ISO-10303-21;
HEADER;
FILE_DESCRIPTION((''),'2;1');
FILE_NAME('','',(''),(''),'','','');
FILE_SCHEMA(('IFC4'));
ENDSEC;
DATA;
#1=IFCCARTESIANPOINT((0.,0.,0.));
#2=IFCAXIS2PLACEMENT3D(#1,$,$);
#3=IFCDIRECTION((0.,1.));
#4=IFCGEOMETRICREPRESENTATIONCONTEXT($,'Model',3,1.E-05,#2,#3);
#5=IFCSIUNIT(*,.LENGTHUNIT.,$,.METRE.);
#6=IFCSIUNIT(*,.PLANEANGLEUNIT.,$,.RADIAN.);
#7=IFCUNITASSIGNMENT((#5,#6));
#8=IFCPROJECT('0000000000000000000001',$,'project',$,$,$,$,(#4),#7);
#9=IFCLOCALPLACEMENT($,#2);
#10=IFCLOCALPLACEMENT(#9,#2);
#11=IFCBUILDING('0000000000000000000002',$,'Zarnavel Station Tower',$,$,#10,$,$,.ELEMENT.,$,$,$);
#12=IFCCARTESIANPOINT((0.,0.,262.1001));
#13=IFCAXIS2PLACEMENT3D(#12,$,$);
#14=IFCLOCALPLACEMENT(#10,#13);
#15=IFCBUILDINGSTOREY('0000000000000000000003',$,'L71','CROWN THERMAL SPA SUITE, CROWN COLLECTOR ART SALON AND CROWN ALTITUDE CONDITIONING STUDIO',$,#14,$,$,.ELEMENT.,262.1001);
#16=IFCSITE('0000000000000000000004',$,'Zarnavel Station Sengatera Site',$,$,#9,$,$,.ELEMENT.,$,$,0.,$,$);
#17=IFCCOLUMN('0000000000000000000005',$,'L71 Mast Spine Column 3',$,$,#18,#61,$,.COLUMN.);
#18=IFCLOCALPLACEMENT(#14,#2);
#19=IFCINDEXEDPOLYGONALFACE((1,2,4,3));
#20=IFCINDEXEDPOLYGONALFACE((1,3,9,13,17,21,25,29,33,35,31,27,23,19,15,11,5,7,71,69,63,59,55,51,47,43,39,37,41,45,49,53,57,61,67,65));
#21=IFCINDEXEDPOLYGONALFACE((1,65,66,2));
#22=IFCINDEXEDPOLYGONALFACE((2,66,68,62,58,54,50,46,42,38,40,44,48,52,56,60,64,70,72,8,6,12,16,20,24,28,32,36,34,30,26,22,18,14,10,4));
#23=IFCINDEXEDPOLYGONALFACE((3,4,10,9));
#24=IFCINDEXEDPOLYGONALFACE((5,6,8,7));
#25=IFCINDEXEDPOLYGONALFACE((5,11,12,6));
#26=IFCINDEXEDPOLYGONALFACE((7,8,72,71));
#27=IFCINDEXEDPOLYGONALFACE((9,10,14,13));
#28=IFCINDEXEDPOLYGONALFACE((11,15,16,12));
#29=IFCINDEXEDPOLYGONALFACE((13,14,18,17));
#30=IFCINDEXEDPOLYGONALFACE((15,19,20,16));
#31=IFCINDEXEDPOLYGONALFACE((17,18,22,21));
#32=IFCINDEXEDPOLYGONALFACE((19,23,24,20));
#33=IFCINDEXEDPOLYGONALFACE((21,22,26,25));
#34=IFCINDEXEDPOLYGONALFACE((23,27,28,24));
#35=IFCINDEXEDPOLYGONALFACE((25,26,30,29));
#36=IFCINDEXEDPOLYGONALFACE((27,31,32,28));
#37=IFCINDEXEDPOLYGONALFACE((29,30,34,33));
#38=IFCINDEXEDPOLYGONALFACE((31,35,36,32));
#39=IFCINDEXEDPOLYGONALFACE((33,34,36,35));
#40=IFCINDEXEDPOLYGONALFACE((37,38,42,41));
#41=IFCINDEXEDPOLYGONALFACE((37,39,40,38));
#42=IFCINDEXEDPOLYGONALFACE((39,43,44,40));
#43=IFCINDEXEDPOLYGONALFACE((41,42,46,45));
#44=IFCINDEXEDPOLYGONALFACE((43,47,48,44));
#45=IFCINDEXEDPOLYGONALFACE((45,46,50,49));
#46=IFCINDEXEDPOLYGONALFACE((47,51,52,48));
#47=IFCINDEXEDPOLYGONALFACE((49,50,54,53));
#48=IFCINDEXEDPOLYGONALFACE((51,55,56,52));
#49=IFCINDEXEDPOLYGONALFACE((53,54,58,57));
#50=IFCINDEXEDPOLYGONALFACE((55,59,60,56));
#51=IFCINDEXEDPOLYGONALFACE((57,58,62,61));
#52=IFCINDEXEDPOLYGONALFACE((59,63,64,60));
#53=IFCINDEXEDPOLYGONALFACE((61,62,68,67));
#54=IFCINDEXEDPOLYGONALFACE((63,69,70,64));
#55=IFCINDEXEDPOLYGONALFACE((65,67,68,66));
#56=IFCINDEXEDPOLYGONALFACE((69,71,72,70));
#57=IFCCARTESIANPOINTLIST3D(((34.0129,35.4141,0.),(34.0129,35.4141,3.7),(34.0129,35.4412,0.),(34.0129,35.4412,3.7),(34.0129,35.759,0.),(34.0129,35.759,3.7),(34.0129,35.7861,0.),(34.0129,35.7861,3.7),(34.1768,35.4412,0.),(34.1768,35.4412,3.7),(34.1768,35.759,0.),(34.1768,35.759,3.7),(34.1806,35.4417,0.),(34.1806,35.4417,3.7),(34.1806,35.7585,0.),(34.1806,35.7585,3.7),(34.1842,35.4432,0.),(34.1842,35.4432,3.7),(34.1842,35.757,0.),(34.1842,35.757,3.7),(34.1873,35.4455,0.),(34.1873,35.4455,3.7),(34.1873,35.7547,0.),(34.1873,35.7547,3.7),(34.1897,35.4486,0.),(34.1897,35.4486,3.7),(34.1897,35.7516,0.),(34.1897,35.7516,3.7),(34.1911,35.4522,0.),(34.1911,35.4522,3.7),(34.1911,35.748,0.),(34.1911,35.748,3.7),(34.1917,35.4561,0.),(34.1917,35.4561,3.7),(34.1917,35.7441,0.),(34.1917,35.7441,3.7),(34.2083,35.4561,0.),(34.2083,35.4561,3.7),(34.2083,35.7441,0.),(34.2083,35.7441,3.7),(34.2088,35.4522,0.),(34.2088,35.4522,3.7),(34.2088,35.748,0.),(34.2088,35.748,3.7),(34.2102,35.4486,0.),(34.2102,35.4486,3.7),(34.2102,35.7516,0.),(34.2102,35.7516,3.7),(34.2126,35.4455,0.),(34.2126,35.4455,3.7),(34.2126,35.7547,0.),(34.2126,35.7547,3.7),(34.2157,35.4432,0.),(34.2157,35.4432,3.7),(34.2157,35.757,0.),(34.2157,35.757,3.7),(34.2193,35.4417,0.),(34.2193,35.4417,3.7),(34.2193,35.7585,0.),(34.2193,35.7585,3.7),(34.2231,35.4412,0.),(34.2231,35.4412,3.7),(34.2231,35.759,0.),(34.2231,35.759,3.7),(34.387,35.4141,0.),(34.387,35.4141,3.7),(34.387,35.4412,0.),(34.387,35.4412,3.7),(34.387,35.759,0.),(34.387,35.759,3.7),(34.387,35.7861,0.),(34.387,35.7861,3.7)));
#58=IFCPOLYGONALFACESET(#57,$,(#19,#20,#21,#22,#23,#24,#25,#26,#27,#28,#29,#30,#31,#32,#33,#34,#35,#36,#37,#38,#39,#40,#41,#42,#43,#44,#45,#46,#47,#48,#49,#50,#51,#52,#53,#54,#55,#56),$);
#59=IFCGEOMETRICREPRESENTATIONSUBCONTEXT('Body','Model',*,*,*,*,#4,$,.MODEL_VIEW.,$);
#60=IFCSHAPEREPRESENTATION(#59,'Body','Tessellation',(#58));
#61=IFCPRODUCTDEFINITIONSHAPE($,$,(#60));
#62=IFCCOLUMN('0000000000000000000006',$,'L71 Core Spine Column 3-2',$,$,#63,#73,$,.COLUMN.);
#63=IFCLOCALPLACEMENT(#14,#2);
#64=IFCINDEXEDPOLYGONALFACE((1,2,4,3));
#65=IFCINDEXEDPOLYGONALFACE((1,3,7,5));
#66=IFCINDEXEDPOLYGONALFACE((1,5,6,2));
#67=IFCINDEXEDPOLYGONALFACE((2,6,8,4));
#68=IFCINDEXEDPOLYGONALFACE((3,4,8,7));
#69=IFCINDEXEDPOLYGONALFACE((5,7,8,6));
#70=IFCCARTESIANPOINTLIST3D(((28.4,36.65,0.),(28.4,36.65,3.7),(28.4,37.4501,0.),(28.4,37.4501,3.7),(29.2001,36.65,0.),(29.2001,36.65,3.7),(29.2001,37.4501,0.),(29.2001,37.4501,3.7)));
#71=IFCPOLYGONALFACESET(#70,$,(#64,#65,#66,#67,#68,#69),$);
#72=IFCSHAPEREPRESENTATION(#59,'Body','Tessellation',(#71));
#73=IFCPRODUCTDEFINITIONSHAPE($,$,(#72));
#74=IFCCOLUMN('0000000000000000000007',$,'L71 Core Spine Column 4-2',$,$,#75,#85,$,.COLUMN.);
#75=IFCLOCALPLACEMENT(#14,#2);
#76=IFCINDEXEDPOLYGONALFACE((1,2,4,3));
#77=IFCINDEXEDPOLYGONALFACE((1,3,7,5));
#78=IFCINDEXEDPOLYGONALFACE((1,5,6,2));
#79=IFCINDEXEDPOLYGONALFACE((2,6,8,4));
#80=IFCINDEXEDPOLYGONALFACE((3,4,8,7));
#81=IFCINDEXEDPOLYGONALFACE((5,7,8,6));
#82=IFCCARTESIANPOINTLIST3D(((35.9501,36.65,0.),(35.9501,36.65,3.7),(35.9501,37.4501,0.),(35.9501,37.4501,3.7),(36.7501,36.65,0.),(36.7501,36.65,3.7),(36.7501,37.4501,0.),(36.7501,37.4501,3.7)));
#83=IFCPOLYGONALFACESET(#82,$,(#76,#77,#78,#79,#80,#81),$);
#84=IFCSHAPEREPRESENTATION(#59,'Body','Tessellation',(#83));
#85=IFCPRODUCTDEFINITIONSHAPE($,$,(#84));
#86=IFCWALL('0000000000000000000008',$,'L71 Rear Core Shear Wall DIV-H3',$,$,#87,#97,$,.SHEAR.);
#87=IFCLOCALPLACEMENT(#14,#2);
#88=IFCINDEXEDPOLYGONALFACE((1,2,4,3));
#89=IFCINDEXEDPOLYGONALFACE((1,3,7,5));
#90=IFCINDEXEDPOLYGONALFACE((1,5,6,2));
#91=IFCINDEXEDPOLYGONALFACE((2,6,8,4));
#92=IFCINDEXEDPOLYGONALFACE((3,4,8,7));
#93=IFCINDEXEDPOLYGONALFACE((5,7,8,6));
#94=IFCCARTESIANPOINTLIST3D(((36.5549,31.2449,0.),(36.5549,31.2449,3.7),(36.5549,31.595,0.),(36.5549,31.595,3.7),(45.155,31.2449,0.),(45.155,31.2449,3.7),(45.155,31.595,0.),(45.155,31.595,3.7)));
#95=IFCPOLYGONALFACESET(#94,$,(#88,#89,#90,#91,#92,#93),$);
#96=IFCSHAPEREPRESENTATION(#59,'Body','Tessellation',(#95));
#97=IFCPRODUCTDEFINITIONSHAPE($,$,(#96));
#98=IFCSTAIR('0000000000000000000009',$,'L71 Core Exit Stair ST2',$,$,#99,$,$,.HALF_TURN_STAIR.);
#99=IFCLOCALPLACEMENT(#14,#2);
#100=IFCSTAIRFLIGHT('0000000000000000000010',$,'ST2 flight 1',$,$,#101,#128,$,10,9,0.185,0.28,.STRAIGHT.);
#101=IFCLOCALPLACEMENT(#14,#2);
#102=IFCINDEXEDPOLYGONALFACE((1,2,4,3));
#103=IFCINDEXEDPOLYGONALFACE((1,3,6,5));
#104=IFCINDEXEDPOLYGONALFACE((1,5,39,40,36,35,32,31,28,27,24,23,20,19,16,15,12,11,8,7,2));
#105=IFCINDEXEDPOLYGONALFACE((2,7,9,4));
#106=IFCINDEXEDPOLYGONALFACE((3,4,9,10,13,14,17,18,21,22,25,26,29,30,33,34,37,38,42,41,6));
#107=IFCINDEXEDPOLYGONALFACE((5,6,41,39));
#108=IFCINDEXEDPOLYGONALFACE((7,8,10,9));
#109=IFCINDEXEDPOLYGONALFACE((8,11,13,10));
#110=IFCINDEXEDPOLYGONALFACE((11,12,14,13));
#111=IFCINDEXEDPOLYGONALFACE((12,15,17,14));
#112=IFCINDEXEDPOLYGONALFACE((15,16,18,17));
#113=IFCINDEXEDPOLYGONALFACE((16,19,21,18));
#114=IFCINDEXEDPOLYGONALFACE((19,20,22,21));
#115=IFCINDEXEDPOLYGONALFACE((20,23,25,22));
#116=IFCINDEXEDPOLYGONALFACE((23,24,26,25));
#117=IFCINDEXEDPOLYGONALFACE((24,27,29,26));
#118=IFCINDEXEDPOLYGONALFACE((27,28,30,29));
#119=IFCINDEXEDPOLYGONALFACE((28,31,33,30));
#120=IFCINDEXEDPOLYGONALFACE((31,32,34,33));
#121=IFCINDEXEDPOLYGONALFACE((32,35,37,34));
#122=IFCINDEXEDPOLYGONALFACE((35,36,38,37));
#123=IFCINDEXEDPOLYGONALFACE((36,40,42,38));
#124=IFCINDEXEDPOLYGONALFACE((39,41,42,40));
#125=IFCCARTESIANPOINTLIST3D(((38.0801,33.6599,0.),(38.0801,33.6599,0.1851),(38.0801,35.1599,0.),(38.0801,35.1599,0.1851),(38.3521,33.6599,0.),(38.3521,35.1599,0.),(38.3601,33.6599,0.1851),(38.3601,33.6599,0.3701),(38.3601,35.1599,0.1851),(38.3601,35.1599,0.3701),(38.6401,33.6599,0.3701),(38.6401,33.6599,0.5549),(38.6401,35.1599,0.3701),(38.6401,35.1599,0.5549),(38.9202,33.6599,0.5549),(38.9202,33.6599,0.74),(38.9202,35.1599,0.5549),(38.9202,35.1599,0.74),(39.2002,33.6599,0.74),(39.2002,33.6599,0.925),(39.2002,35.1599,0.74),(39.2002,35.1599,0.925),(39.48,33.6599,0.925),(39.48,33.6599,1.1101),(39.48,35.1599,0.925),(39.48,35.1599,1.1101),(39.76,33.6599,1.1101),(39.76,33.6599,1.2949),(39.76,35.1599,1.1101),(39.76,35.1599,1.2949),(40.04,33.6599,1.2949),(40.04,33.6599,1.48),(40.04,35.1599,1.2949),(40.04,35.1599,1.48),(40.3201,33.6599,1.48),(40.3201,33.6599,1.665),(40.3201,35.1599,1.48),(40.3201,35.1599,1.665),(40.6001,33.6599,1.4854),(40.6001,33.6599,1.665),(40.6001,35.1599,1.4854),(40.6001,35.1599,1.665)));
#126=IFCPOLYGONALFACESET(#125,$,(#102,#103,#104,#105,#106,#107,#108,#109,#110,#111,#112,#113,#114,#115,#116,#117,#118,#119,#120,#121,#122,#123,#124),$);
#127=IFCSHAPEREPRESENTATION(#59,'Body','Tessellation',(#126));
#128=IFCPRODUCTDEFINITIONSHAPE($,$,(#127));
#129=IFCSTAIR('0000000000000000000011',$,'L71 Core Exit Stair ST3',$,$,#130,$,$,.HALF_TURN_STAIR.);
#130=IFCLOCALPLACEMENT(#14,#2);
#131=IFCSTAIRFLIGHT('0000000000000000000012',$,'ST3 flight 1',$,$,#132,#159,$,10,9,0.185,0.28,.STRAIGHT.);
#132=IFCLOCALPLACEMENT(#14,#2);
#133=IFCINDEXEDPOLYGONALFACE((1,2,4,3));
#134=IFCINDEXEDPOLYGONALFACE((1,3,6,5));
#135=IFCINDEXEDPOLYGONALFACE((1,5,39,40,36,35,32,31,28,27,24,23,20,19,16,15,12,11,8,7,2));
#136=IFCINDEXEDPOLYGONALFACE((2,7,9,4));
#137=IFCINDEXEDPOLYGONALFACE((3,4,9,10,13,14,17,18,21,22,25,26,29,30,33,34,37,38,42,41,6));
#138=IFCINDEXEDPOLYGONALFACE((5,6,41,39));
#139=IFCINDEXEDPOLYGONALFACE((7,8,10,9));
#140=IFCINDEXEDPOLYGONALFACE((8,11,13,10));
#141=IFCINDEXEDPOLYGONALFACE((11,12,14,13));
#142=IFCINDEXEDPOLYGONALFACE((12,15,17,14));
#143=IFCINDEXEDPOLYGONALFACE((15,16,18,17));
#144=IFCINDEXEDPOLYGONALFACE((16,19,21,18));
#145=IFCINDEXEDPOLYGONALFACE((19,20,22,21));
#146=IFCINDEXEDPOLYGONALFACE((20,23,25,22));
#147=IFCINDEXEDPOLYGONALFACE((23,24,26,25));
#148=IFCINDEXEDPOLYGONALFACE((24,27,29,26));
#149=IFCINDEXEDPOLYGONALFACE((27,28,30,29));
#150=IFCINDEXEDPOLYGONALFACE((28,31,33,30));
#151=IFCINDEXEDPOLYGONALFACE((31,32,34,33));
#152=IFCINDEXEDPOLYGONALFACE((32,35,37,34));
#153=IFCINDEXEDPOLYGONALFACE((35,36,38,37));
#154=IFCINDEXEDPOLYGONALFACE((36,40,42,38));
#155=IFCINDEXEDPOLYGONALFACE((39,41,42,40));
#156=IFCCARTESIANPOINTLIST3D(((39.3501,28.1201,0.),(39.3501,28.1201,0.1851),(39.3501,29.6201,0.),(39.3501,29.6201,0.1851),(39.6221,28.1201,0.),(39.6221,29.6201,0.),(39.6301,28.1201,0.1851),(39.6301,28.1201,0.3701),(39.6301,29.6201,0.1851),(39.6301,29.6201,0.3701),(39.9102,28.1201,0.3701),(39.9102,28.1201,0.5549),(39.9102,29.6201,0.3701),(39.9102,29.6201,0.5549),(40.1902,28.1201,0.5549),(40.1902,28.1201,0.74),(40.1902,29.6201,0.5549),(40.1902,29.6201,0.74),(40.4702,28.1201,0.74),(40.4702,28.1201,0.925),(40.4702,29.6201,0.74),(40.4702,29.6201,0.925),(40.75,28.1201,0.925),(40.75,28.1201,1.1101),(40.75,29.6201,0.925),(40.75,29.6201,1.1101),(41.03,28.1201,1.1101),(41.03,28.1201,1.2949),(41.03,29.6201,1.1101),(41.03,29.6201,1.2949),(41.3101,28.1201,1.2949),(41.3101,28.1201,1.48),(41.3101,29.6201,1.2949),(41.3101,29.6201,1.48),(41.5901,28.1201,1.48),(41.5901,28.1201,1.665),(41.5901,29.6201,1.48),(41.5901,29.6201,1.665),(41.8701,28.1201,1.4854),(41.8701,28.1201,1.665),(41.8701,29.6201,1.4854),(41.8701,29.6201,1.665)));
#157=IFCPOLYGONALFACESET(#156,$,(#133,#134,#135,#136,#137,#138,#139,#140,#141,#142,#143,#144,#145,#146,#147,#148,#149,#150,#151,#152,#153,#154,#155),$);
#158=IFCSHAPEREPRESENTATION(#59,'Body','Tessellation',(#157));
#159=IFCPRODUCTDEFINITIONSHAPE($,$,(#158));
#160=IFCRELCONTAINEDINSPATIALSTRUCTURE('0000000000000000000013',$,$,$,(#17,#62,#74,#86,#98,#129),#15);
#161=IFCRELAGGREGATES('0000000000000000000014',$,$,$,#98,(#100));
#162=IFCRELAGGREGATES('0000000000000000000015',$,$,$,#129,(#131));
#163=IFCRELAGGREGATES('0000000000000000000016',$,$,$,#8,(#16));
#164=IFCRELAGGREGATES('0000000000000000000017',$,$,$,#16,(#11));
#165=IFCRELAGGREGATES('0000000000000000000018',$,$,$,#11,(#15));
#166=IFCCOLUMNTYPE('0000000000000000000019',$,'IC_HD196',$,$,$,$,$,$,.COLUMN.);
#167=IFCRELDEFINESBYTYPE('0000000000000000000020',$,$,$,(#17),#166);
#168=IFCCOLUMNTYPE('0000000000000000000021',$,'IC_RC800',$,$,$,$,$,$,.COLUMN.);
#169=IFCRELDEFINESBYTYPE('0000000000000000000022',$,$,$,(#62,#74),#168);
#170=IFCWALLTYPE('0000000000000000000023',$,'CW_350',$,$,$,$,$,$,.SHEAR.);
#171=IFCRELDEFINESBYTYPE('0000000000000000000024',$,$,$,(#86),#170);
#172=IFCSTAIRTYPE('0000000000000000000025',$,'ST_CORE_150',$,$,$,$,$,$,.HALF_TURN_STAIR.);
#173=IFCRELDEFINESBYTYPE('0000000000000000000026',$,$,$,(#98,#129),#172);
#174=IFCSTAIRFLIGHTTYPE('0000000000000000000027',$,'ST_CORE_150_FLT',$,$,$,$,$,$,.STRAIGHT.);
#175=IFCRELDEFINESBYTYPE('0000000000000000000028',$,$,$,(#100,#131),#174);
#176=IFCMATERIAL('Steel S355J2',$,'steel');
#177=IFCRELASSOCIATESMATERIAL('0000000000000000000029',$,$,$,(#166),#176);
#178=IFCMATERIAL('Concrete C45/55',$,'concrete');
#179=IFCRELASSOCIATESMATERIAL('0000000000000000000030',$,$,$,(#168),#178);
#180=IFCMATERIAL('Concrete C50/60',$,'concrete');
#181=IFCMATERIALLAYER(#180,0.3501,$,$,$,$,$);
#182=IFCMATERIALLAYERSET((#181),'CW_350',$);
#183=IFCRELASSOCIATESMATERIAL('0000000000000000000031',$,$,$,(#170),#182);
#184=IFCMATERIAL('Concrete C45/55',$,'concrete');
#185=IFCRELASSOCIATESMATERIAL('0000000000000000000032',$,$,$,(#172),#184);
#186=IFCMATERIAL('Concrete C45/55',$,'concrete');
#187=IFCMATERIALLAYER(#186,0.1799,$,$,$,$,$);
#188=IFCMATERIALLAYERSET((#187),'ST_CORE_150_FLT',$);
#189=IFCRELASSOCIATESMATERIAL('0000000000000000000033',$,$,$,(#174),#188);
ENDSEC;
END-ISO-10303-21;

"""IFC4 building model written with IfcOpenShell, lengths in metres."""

from ifc_helpers import new_model, si_unit, direction, frame, frame_2d, origin, origin_2d, place, context, subcontext, project, spatial, polyline, rectangle, i_section, outline, extrude, material, layer, layer_set, material_profile, profile_set, type_object, element, aggregate, save


model = new_model("IFC4")

# Units and contexts
model_context = context("Model", 3, precision=1e-05, world=origin(), true_north=direction((0.0, 1.0)))
body_context = subcontext(model_context, "Body", "Model", "MODEL_VIEW")
ifc_project = project(units=[si_unit("LENGTHUNIT", "METRE"), si_unit("PLANEANGLEUNIT", "RADIAN")], contexts=[model_context])

# Site, building, storey
site_placement = place(None, origin())
site = spatial("IfcSite", under=ifc_project, at=site_placement, Name="Zarnavel Station Sengatera Site", CompositionType="ELEMENT", RefElevation=0.0)
building_placement = place(site_placement, origin())
building = spatial("IfcBuilding", under=site, at=building_placement, Name="Zarnavel Station Tower", CompositionType="ELEMENT")
storey_placement = place(building_placement, frame((0.0, 0.0, 262.1001)))
storey = spatial("IfcBuildingStorey", under=building, at=storey_placement, Name="L71", Description="CROWN THERMAL SPA SUITE, CROWN COLLECTOR ART SALON AND CROWN ALTITUDE CONDITIONING STUDIO", CompositionType="ELEMENT", Elevation=262.1001)

# Columns
ifc_material_1 = material(Name="Steel S355J2", Category="steel")
ifc_material_profile_1 = material_profile(ifc_material_1, i_section(OverallWidth=0.374, OverallDepth=0.3721, WebThickness=0.0166, FlangeThickness=0.0271, FilletRadius=0.0149, at=origin_2d()), Name="HD360x196")
ifc_profile_set_1 = profile_set([ifc_material_profile_1], Name="Steel S355J2")
column_type_1 = type_object("IfcColumnType", Name="IC_HD196", PredefinedType="COLUMN", material=ifc_profile_set_1)
column_placement = place(storey_placement, frame((34.2, 35.6001, 0.0), z_axis=(0.0, 0.0, 1.0), x_axis=(1.0, 0.0, 0.0)))
element("IfcColumn", 1, at=column_placement, inside=storey, type_object=column_type_1, Name="L71 Mast Spine Column 3", PredefinedType="COLUMN", context=body_context, shape_type="SweptSolid", body=[
    extrude(i_section(OverallWidth=0.374, OverallDepth=0.3721, WebThickness=0.0166, FlangeThickness=0.0271, FilletRadius=0.0149, at=origin_2d()), origin(), (0.0, 0.0, 1.0), 3.7),
])
ifc_material_2 = material(Name="Concrete C45/55", Category="concrete")
ifc_material_profile_2 = material_profile(ifc_material_2, rectangle(XDim=0.8, YDim=0.8, at=origin_2d()), Name="RC800x800")
ifc_profile_set_2 = profile_set([ifc_material_profile_2], Name="Concrete C45/55")
column_type_2 = type_object("IfcColumnType", Name="IC_RC800", PredefinedType="COLUMN", material=ifc_profile_set_2)
for number, where, z_axis, x_axis, name in (
    (2, (28.8, 37.05, 0.0), (0.0, 0.0, 1.0), (1.0, 0.0, 0.0), "L71 Core Spine Column 3-2"),
    (3, (36.3501, 37.05, 0.0), (0.0, 0.0, 1.0), (1.0, 0.0, 0.0), "L71 Core Spine Column 4-2"),
):
    element("IfcColumn", number, at=place(storey_placement, frame(where, z_axis=z_axis, x_axis=x_axis)), inside=storey, type_object=column_type_2, Name=name, PredefinedType="COLUMN", context=body_context, shape_type="SweptSolid", body=[
        extrude(rectangle(XDim=0.8, YDim=0.8, at=origin_2d()), origin(), (0.0, 0.0, 1.0), 3.7),
    ])

# Wall
ifc_material_3 = material(Name="Concrete C50/60", Category="concrete")
ifc_layer_1 = layer(ifc_material_3, 0.3501)
ifc_layer_set_1 = layer_set([ifc_layer_1], Name="CW_350")
wall_type_1 = type_object("IfcWallType", Name="CW_350", PredefinedType="SHEAR", material=ifc_layer_set_1)
wall_1_placement = place(storey_placement, frame((36.5549, 31.4199, 0.0), z_axis=(0.0, 0.0, 1.0), x_axis=(1.0, 0.0, 0.0)))
element("IfcWall", 4, at=wall_1_placement, inside=storey, type_object=wall_type_1, Name="L71 Rear Core Shear Wall DIV-H3", PredefinedType="SHEAR", context=body_context, shape_type="SweptSolid", body=[
    extrude(rectangle(XDim=8.6001, YDim=0.3501, at=frame_2d((4.3, 0.0))), origin(), (0.0, 0.0, 1.0), 3.7),
])

# Stairs, stair flights
ifc_material_4 = material(Name="Concrete C45/55", Category="concrete")
stair_type = type_object("IfcStairType", Name="ST_CORE_150", PredefinedType="HALF_TURN_STAIR", material=ifc_material_4)
stair_1_placement = place(storey_placement, origin())
stair_1 = element("IfcStair", 5, at=stair_1_placement, inside=storey, type_object=stair_type, Name="L71 Core Exit Stair ST2", PredefinedType="HALF_TURN_STAIR")
ifc_material_5 = material(Name="Concrete C45/55", Category="concrete")
ifc_layer_2 = layer(ifc_material_5, 0.1799)
ifc_layer_set_2 = layer_set([ifc_layer_2], Name="ST_CORE_150_FLT")
stair_flight_type = type_object("IfcStairFlightType", Name="ST_CORE_150_FLT", PredefinedType="STRAIGHT", material=ifc_layer_set_2)
stair_flight_1_placement = place(storey_placement, frame((38.0801, 34.4099, 0.0), z_axis=(0.0, 0.0, 1.0), x_axis=(1.0, 0.0, 0.0)))
stair_flight_1 = element("IfcStairFlight", 6, at=stair_flight_1_placement, type_object=stair_flight_type, Name="ST2 flight 1", NumberOfRisers=10, NumberOfTreads=9, PredefinedType="STRAIGHT", RiserHeight=0.185, TreadLength=0.28, context=body_context, shape_type="SweptSolid", body=[
    extrude(outline(polyline([(0.0, 0.0), (0.0, 0.1851), (0.28, 0.1851), (0.28, 0.3701), (0.5601, 0.3701), (0.5601, 0.5549), (0.8401, 0.5549), (0.8401, 0.74), (1.1201, 0.74), (1.1201, 0.925), (1.3999, 0.925), (1.3999, 1.1101), (1.6799, 1.1101), (1.6799, 1.2949), (1.96, 1.2949), (1.96, 1.48), (2.24, 1.48), (2.24, 1.665), (2.52, 1.665), (2.52, 1.8501), (2.52, 1.4854), (0.272, 0.0), (0.0, 0.0)])), frame((0.0, 0.75, 0.0), z_axis=(0.0, -1.0, 0.0), x_axis=(1.0, 0.0, 0.0)), (0.0, 0.0, 1.0), 1.5),
])
aggregate(stair_1, [stair_flight_1])
stair_2_placement = place(storey_placement, origin())
stair_2 = element("IfcStair", 7, at=stair_2_placement, inside=storey, type_object=stair_type, Name="L71 Core Exit Stair ST3", PredefinedType="HALF_TURN_STAIR")
stair_flight_2_placement = place(storey_placement, frame((39.3501, 28.8701, 0.0), z_axis=(0.0, 0.0, 1.0), x_axis=(1.0, 0.0, 0.0)))
stair_flight_2 = element("IfcStairFlight", 8, at=stair_flight_2_placement, type_object=stair_flight_type, Name="ST3 flight 1", NumberOfRisers=10, NumberOfTreads=9, PredefinedType="STRAIGHT", RiserHeight=0.185, TreadLength=0.28, context=body_context, shape_type="SweptSolid", body=[
    extrude(outline(polyline([(0.0, 0.0), (0.0, 0.1851), (0.28, 0.1851), (0.28, 0.3701), (0.5601, 0.3701), (0.5601, 0.5549), (0.8401, 0.5549), (0.8401, 0.74), (1.1201, 0.74), (1.1201, 0.925), (1.3999, 0.925), (1.3999, 1.1101), (1.6799, 1.1101), (1.6799, 1.2949), (1.96, 1.2949), (1.96, 1.48), (2.24, 1.48), (2.24, 1.665), (2.52, 1.665), (2.52, 1.8501), (2.52, 1.4854), (0.272, 0.0), (0.0, 0.0)])), frame((0.0, 0.75, 0.0), z_axis=(0.0, -1.0, 0.0), x_axis=(1.0, 0.0, 0.0)), (0.0, 0.0, 1.0), 1.5),
])
aggregate(stair_2, [stair_flight_2])

save(model, "model.ifc")
